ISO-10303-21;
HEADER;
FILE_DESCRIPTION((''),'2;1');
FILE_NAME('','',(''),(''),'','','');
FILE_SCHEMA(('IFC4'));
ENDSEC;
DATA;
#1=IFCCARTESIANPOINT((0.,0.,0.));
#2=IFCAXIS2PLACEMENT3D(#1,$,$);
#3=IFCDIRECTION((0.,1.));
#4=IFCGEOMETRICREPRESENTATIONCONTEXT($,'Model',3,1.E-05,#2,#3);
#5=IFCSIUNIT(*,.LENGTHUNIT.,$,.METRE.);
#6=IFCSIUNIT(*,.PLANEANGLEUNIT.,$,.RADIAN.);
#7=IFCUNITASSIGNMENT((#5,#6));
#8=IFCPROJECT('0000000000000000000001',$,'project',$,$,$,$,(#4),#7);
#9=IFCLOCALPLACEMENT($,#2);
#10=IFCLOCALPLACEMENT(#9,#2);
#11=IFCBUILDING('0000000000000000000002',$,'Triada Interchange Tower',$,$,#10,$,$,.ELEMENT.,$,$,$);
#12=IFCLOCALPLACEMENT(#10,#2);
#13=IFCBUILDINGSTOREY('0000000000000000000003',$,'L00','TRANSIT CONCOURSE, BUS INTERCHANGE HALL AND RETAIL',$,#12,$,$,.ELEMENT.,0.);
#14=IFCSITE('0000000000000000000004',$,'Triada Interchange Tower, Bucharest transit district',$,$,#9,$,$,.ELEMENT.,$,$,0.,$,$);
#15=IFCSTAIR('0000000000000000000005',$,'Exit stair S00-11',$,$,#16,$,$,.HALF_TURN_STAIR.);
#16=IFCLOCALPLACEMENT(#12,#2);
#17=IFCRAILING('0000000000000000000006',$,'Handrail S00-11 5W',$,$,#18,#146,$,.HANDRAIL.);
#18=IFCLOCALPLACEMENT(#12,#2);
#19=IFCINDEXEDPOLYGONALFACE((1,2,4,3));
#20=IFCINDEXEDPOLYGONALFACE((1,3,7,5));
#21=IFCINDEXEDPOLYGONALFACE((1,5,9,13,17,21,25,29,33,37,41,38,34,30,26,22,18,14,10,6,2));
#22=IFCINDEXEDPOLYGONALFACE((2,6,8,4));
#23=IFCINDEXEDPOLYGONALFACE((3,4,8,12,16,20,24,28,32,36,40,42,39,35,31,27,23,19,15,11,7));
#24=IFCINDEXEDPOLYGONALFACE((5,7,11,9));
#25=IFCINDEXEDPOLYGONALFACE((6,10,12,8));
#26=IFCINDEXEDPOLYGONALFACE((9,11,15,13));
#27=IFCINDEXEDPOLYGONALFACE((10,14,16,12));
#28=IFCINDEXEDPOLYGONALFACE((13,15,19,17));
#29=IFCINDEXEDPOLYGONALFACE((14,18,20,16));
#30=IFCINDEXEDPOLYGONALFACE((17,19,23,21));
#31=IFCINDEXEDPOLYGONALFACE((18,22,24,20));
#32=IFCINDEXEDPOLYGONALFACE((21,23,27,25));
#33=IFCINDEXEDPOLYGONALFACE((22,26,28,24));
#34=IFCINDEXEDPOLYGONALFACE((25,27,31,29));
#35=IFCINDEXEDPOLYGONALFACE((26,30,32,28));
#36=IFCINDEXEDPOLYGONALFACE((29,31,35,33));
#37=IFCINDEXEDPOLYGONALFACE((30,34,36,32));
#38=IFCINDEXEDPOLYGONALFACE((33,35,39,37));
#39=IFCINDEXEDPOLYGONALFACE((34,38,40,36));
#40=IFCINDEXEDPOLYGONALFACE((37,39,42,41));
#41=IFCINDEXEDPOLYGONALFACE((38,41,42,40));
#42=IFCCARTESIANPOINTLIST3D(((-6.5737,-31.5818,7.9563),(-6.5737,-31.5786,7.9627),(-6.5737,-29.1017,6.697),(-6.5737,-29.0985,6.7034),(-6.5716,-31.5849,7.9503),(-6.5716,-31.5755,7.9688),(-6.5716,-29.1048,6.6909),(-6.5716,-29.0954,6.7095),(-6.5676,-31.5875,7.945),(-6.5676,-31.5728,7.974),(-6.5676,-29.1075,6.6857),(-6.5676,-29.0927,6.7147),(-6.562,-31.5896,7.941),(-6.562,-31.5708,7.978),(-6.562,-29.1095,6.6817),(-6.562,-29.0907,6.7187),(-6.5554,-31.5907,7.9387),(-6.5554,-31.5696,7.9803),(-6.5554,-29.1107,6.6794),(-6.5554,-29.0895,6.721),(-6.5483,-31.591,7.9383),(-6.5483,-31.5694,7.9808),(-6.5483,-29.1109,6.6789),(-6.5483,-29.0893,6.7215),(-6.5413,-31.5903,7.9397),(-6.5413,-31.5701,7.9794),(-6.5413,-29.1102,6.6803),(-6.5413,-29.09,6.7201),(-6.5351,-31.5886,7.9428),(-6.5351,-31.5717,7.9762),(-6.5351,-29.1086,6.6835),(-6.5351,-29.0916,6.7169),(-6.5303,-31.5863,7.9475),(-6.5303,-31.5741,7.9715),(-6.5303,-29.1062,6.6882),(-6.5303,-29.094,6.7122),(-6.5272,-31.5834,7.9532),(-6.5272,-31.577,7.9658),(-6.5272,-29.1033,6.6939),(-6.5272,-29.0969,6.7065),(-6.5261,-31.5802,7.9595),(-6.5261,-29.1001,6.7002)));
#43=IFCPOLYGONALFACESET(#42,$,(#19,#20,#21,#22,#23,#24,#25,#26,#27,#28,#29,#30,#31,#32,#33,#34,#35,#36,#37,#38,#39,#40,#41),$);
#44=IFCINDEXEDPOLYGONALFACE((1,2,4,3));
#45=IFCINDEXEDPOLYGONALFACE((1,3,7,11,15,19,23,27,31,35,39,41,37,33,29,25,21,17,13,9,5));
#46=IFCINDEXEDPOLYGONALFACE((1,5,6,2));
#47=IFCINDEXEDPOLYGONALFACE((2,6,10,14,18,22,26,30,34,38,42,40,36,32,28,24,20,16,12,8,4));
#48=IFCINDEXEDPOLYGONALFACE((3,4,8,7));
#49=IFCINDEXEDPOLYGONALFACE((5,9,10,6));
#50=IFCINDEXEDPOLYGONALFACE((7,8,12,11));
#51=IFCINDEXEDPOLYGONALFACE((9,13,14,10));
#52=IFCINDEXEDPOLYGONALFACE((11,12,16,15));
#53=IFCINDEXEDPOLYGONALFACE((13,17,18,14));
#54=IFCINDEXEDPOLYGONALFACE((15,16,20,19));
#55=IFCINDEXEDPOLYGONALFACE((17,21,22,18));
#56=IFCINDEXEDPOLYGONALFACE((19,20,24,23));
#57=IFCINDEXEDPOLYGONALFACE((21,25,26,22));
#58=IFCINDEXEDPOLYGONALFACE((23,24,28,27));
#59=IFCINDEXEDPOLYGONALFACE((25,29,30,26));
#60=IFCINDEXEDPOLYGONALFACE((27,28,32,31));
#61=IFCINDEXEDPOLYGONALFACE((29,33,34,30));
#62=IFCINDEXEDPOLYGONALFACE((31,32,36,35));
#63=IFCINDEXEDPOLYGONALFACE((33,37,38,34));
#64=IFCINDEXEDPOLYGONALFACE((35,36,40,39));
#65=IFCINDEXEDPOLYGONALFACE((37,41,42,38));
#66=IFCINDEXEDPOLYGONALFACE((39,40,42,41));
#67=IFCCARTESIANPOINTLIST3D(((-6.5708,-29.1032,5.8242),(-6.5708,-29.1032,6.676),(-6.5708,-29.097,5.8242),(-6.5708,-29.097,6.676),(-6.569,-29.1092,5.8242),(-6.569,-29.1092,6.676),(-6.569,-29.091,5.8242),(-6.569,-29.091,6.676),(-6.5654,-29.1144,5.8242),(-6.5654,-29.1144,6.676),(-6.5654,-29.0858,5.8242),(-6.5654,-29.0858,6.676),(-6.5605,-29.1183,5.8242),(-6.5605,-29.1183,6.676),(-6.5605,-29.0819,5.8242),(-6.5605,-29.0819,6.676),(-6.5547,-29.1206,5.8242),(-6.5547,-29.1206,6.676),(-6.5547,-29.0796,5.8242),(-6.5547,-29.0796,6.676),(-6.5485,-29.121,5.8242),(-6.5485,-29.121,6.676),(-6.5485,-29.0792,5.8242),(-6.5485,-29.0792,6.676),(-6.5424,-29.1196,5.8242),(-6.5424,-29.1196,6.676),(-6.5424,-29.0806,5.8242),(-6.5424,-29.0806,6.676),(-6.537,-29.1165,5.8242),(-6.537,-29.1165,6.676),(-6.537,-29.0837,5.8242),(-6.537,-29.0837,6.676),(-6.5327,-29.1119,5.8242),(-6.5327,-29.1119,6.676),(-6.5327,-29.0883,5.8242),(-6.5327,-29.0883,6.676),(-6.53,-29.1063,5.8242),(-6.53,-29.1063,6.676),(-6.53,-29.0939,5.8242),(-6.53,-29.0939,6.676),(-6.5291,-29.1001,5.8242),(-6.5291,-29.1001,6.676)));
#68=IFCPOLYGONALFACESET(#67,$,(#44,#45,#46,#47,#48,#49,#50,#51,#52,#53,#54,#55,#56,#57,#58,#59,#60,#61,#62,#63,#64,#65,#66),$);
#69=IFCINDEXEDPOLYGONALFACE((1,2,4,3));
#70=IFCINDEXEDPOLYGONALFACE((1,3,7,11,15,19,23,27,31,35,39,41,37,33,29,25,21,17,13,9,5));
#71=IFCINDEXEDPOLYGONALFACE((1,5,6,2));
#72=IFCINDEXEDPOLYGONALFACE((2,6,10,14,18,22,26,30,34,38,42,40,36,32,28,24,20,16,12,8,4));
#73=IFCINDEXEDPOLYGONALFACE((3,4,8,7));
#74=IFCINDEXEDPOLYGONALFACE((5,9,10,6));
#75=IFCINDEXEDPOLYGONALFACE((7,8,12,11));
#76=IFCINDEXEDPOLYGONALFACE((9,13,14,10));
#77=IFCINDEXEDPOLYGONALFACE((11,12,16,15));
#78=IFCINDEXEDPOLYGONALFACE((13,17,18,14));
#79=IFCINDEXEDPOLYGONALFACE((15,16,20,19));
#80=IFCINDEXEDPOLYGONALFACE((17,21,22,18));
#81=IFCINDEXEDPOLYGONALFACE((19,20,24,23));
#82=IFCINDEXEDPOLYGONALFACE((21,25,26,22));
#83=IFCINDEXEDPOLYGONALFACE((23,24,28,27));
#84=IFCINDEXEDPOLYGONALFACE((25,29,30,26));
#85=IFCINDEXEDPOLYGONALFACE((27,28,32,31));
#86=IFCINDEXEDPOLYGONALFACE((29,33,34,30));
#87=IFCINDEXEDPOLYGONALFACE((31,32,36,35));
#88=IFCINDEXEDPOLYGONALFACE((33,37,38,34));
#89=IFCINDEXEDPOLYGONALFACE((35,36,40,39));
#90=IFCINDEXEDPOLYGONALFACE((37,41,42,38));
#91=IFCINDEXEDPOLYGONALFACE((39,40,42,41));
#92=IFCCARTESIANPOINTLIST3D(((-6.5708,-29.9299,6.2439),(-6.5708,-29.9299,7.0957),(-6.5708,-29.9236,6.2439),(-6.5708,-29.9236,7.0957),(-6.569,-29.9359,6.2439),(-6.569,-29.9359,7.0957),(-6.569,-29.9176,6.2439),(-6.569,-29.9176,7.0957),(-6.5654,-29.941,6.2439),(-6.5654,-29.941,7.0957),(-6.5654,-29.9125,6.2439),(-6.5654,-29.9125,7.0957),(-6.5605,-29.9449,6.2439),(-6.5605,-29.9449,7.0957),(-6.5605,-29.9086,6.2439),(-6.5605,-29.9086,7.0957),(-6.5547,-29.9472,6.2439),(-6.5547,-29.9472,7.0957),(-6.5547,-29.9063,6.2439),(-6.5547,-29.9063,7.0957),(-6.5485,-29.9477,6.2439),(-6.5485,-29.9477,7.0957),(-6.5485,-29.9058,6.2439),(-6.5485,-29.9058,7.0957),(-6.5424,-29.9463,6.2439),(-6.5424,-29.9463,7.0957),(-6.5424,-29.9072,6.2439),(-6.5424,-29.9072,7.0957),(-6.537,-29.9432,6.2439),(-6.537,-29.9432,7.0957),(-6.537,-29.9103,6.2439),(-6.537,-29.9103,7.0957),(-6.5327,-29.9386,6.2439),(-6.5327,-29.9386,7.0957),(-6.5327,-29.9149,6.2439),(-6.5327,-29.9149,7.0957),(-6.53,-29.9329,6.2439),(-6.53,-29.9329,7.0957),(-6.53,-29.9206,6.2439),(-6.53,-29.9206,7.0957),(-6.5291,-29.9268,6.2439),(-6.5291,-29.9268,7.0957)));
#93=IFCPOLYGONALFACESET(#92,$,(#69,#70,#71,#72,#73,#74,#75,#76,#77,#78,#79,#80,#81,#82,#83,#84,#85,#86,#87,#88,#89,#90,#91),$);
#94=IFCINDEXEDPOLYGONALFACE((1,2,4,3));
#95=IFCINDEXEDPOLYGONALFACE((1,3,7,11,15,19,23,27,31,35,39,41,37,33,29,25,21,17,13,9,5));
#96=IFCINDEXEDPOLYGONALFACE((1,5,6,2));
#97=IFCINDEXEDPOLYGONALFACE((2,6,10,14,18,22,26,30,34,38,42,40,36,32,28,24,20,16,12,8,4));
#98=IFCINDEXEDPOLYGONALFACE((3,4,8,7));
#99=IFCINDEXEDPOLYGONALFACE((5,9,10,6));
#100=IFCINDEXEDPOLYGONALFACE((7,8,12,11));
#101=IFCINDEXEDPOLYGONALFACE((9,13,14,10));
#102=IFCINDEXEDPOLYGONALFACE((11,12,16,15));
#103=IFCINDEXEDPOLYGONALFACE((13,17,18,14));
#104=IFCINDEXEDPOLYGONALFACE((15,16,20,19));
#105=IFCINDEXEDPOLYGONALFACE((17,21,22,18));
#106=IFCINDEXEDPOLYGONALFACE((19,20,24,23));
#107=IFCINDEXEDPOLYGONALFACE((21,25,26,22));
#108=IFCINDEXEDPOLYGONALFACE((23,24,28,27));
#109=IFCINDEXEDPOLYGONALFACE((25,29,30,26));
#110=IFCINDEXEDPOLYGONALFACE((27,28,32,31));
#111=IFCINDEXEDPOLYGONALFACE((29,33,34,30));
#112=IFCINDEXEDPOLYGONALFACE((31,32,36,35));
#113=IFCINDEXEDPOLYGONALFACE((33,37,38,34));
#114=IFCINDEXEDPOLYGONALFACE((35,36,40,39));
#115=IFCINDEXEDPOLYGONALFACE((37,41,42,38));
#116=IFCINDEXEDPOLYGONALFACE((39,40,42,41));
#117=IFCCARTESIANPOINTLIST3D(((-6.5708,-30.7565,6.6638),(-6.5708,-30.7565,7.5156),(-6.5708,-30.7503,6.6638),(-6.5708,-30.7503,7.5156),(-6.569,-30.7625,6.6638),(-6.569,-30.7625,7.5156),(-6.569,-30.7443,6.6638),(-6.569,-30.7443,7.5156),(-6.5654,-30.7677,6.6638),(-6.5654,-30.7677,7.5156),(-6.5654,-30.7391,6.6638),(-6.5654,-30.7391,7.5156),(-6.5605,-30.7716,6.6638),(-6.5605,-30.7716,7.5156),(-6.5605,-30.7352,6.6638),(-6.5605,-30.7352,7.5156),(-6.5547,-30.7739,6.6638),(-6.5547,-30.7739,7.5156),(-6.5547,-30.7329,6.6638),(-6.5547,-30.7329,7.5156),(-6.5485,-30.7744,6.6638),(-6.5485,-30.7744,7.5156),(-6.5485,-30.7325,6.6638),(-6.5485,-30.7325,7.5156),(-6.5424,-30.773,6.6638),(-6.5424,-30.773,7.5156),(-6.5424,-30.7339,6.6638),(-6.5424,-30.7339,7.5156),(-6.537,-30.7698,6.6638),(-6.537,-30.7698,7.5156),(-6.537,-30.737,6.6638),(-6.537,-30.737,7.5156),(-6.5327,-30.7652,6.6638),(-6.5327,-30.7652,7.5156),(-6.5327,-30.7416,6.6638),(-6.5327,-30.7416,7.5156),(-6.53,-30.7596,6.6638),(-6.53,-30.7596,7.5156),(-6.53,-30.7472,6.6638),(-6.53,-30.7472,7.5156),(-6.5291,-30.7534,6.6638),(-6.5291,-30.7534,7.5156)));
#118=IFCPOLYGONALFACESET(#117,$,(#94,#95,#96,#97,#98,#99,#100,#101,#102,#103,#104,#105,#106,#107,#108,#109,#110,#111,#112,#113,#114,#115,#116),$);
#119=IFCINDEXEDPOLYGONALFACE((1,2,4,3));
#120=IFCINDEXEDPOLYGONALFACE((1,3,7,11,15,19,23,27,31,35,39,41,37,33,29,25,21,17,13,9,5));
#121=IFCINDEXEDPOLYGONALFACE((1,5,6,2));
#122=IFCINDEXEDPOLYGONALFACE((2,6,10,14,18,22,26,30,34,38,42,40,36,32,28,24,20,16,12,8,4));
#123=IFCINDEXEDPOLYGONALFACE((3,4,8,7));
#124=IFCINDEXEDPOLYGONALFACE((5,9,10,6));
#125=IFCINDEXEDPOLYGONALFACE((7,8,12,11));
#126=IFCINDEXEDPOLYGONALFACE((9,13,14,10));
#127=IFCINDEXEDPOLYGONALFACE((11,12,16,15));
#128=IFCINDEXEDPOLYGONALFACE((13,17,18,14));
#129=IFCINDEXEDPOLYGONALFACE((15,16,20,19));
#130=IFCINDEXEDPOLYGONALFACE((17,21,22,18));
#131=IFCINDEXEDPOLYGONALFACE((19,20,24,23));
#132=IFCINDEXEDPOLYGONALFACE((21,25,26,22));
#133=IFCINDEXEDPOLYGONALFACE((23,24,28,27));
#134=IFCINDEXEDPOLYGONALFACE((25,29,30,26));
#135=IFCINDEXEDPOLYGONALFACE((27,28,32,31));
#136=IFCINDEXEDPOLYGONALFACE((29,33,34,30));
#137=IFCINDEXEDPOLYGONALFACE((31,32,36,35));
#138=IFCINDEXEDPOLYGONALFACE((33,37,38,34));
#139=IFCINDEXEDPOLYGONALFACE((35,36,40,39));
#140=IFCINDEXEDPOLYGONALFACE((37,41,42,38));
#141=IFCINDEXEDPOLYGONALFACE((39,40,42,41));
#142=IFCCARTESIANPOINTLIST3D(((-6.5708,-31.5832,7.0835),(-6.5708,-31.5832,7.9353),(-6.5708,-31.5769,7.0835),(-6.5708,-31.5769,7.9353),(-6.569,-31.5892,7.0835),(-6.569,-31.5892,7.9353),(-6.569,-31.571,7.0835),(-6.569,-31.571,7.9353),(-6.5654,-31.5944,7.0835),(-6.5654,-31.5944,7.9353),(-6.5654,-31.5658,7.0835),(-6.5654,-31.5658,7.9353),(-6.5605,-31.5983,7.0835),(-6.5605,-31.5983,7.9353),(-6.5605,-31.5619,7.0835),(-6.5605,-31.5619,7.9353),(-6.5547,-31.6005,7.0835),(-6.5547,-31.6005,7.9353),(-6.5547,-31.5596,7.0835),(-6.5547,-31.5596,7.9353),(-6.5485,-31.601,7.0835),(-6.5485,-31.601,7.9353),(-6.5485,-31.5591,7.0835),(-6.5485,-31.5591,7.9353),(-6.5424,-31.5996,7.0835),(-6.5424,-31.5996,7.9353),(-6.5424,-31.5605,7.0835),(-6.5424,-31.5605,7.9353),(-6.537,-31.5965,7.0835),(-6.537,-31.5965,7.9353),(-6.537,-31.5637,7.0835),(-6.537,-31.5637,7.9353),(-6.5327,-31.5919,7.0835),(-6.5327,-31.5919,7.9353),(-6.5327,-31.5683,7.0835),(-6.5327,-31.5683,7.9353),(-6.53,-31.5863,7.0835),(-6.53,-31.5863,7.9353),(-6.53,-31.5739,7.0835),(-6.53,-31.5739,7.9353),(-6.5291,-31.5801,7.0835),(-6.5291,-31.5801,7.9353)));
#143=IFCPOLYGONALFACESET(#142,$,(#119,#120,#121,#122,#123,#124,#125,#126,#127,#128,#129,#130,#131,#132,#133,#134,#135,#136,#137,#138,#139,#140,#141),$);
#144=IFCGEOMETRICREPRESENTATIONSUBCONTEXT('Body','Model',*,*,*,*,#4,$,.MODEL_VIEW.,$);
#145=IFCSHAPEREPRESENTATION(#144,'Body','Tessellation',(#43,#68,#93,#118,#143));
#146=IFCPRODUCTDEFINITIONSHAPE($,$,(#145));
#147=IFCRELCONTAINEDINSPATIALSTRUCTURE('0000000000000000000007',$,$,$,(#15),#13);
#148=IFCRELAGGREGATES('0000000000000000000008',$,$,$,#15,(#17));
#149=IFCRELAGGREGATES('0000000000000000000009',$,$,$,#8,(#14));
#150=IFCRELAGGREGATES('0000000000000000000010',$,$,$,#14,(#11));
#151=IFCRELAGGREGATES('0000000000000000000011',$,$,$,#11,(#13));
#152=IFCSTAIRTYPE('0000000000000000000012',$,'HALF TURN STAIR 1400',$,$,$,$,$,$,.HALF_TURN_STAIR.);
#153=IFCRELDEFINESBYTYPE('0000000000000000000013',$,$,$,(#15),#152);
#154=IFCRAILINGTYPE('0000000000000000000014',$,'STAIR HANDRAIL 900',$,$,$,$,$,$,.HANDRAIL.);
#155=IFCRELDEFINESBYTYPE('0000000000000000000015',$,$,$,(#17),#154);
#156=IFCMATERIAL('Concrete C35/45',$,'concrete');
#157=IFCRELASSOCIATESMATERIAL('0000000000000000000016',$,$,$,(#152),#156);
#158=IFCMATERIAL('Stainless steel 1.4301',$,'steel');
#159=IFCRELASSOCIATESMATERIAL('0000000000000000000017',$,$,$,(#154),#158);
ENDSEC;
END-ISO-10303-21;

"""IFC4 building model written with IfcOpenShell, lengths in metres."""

from ifc_helpers import new_model, si_unit, direction, frame, origin, origin_2d, place, context, subcontext, project, spatial, circle, extrude, material, type_object, element, aggregate, save


model = new_model("IFC4")

# Units and contexts
model_context = context("Model", 3, precision=1e-05, world=origin(), true_north=direction((0.0, 1.0)))
body_context = subcontext(model_context, "Body", "Model", "MODEL_VIEW")
ifc_project = project(units=[si_unit("LENGTHUNIT", "METRE"), si_unit("PLANEANGLEUNIT", "RADIAN")], contexts=[model_context])

# Site, building, storey
site_placement = place(None, origin())
site = spatial("IfcSite", under=ifc_project, at=site_placement, Name="Triada Interchange Tower, Bucharest transit district", CompositionType="ELEMENT", RefElevation=0.0)
building_placement = place(site_placement, origin())
building = spatial("IfcBuilding", under=site, at=building_placement, Name="Triada Interchange Tower", CompositionType="ELEMENT")
storey_placement = place(building_placement, origin())
storey = spatial("IfcBuildingStorey", under=building, at=storey_placement, Name="L00", Description="TRANSIT CONCOURSE, BUS INTERCHANGE HALL AND RETAIL", CompositionType="ELEMENT", Elevation=0.0)

# Shared definitions
ifc_material_1 = material(Name="Concrete C35/45", Category="concrete")

# Stair, railing
stair_type = type_object("IfcStairType", Name="HALF TURN STAIR 1400", PredefinedType="HALF_TURN_STAIR", material=ifc_material_1)
stair_placement = place(storey_placement, origin())
stair = element("IfcStair", 1, at=stair_placement, inside=storey, type_object=stair_type, Name="Exit stair S00-11", PredefinedType="HALF_TURN_STAIR")
ifc_material_2 = material(Name="Stainless steel 1.4301", Category="steel")
railing_type_1 = type_object("IfcRailingType", Name="STAIR HANDRAIL 900", PredefinedType="HANDRAIL", material=ifc_material_2)
railing_1_placement = place(storey_placement, frame((-6.55, -29.1001, 5.8242)))
railing_1 = element("IfcRailing", 2, at=railing_1_placement, type_object=railing_type_1, Name="Handrail S00-11 5W", PredefinedType="HANDRAIL", context=body_context, shape_type="SweptSolid", body=[
    extrude(circle(Radius=0.0239, at=origin_2d()), frame((0.0, 0.0, 0.876), z_axis=(0.0, -0.891636, 0.452752), x_axis=(1.0, 0.0, 0.0)), (0.0, 0.0, 1.0), 2.7815),
    extrude(circle(Radius=0.021, at=origin_2d()), origin(), (0.0, 0.0, 1.0), 0.8518),
    extrude(circle(Radius=0.021, at=origin_2d()), frame((0.0, -0.8267, 0.4197)), (0.0, 0.0, 1.0), 0.8518),
    extrude(circle(Radius=0.021, at=origin_2d()), frame((0.0, -1.6533, 0.8396)), (0.0, 0.0, 1.0), 0.8518),
    extrude(circle(Radius=0.021, at=origin_2d()), frame((0.0, -2.48, 1.2593)), (0.0, 0.0, 1.0), 0.8518),
])
aggregate(stair, [railing_1])

save(model, "model.ifc")
